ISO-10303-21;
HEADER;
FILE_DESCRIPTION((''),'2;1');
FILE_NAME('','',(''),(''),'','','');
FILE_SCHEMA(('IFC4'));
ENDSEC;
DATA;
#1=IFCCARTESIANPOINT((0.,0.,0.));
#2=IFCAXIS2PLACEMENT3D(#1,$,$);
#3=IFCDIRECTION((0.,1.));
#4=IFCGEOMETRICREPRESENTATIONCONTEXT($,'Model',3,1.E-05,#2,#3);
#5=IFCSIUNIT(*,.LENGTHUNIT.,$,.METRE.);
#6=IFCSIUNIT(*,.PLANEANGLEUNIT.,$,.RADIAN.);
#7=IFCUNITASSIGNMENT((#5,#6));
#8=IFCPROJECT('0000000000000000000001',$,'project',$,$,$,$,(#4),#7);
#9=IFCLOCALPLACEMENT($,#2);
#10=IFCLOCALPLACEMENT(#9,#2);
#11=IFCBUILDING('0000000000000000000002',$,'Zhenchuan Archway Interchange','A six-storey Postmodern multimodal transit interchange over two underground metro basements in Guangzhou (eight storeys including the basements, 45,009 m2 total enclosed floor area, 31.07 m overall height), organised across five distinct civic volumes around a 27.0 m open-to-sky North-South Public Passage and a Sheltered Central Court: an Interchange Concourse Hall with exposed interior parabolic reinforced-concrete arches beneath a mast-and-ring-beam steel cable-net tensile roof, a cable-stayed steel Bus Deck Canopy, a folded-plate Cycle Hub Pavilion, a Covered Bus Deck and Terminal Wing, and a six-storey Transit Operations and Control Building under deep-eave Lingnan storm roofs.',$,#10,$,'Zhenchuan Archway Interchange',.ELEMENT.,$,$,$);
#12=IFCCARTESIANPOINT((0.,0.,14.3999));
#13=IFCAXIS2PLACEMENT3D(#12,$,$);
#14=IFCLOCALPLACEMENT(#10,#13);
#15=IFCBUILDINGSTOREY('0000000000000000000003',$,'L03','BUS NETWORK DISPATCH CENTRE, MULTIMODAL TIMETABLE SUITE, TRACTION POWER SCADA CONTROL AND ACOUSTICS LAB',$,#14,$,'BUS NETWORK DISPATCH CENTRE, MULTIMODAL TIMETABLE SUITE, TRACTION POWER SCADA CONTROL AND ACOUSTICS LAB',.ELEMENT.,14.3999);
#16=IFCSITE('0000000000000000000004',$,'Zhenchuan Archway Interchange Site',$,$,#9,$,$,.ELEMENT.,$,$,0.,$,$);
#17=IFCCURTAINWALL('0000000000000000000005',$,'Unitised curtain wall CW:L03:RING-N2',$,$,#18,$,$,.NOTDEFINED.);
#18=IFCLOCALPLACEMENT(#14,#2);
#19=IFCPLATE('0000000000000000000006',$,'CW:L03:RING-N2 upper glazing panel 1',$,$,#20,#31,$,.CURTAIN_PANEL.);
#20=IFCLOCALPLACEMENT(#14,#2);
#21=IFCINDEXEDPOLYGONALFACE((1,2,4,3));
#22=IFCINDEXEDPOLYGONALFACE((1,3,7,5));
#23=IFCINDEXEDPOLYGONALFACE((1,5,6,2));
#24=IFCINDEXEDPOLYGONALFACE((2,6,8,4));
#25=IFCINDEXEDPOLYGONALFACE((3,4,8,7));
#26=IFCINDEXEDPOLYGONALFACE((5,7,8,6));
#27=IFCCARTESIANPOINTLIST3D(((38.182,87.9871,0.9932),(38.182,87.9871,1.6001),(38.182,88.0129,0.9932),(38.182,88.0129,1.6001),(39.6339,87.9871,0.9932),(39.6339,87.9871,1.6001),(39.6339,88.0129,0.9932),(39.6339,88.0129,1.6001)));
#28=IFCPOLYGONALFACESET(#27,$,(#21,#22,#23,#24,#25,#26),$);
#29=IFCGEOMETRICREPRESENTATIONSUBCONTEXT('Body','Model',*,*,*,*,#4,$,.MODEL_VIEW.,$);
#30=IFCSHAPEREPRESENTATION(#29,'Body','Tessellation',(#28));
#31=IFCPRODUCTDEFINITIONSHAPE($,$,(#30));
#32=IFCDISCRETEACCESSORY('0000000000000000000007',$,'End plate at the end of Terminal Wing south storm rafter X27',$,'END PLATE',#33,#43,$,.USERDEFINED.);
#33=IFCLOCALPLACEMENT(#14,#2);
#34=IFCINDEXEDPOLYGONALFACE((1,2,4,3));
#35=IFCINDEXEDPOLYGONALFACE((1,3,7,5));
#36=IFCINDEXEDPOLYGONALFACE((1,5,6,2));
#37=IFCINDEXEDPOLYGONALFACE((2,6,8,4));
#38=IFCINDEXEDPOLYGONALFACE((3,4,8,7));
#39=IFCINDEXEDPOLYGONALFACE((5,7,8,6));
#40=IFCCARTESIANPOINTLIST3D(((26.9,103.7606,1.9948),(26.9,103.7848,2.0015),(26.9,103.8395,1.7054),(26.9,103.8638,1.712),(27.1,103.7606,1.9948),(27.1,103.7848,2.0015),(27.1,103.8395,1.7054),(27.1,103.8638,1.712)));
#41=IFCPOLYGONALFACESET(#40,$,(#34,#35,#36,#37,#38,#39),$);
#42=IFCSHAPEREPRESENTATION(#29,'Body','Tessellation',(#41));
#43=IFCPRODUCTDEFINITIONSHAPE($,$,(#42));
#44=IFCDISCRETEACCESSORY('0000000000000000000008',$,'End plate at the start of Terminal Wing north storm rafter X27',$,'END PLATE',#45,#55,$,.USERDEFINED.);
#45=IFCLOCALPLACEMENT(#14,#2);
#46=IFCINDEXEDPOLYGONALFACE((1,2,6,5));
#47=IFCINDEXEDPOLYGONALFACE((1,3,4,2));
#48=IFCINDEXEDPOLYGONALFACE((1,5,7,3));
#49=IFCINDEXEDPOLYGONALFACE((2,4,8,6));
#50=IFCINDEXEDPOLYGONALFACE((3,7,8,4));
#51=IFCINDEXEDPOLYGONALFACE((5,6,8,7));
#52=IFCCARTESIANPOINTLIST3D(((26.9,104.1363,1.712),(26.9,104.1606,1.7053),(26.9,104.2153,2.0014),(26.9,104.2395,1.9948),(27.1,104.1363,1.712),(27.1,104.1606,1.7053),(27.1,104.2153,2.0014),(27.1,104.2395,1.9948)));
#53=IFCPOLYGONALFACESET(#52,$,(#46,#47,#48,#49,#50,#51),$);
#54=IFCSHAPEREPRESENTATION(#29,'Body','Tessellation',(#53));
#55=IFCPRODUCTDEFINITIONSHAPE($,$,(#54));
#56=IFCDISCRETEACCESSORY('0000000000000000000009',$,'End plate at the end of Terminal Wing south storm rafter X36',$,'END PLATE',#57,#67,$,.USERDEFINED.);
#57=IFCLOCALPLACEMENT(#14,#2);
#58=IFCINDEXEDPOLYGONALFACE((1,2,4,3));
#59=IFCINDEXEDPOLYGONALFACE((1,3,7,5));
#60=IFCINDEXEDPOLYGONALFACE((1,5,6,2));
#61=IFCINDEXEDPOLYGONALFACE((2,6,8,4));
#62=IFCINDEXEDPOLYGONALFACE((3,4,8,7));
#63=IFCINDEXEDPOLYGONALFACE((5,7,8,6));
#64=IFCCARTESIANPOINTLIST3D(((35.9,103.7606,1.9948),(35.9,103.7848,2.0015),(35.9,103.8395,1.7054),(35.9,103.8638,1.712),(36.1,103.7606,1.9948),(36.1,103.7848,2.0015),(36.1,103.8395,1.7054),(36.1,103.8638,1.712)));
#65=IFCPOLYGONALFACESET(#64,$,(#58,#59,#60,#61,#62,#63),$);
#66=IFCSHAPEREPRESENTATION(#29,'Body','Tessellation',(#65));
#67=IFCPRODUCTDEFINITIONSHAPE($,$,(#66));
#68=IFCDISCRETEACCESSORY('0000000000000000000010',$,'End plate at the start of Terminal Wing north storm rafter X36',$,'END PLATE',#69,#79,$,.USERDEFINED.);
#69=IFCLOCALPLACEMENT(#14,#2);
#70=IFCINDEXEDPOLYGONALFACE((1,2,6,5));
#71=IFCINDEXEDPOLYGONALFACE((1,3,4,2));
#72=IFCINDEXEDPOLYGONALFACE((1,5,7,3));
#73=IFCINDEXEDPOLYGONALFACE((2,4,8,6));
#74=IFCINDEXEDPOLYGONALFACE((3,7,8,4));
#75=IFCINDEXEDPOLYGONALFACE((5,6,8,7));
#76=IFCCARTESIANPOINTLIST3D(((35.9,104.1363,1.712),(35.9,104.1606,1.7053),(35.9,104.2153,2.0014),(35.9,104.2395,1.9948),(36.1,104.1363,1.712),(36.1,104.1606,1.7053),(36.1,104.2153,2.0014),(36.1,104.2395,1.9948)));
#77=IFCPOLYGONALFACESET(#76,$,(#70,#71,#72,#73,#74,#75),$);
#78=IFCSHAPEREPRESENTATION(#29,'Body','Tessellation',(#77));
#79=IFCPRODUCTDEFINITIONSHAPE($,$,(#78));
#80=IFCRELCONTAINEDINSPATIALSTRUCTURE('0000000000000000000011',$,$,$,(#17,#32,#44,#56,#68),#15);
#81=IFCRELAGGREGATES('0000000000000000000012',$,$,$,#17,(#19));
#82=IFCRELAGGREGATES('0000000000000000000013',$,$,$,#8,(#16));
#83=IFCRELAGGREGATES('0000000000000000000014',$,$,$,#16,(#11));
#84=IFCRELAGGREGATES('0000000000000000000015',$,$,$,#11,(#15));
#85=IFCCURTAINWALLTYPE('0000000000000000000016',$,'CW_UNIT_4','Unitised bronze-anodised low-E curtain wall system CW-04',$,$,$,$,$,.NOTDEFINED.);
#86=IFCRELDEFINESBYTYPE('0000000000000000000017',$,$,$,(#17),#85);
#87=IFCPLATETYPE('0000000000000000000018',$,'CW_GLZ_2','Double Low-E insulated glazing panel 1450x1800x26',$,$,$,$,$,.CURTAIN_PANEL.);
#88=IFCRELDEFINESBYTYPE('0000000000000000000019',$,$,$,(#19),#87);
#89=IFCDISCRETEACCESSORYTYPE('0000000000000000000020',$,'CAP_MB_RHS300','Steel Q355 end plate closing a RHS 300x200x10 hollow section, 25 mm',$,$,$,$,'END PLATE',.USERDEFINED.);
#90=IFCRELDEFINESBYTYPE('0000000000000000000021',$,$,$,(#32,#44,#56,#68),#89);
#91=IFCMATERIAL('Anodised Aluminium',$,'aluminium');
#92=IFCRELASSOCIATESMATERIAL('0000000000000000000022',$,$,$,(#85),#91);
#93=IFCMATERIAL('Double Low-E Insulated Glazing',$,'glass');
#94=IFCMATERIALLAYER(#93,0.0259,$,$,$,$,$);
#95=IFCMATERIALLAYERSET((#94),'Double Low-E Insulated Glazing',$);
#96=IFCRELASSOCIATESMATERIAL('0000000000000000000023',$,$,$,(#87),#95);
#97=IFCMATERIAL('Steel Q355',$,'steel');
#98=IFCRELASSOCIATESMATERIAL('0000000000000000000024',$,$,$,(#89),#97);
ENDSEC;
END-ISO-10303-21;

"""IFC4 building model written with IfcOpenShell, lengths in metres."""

from ifc_helpers import new_model, si_unit, direction, frame, origin, origin_2d, place, context, subcontext, project, spatial, rectangle, extrude, material, layer, layer_set, type_object, element, aggregate, save


model = new_model("IFC4")

# Units and contexts
model_context = context("Model", 3, precision=1e-05, world=origin(), true_north=direction((0.0, 1.0)))
body_context = subcontext(model_context, "Body", "Model", "MODEL_VIEW")
ifc_project = project(units=[si_unit("LENGTHUNIT", "METRE"), si_unit("PLANEANGLEUNIT", "RADIAN")], contexts=[model_context])

# Site, building, storey
site_placement = place(None, origin())
site = spatial("IfcSite", under=ifc_project, at=site_placement, Name="Zhenchuan Archway Interchange Site", CompositionType="ELEMENT", RefElevation=0.0)
building_placement = place(site_placement, origin())
building = spatial("IfcBuilding", under=site, at=building_placement, Name="Zhenchuan Archway Interchange", Description="A six-storey Postmodern multimodal transit interchange over two underground metro basements in Guangzhou (eight storeys including the basements, 45,009 m2 total enclosed floor area, 31.07 m overall height), organised across five distinct civic volumes around a 27.0 m open-to-sky North-South Public Passage and a Sheltered Central Court: an Interchange Concourse Hall with exposed interior parabolic reinforced-concrete arches beneath a mast-and-ring-beam steel cable-net tensile roof, a cable-stayed steel Bus Deck Canopy, a folded-plate Cycle Hub Pavilion, a Covered Bus Deck and Terminal Wing, and a six-storey Transit Operations and Control Building under deep-eave Lingnan storm roofs.", LongName="Zhenchuan Archway Interchange", CompositionType="ELEMENT")
storey_placement = place(building_placement, frame((0.0, 0.0, 14.3999)))
storey = spatial("IfcBuildingStorey", under=building, at=storey_placement, Name="L03", Description="BUS NETWORK DISPATCH CENTRE, MULTIMODAL TIMETABLE SUITE, TRACTION POWER SCADA CONTROL AND ACOUSTICS LAB", LongName="BUS NETWORK DISPATCH CENTRE, MULTIMODAL TIMETABLE SUITE, TRACTION POWER SCADA CONTROL AND ACOUSTICS LAB", CompositionType="ELEMENT", Elevation=14.3999)

# Shared definitions
ifc_material_1 = material(Name="Steel Q355", Category="steel")

# Shared definitions
ifc_material_2 = material(Name="Anodised Aluminium", Category="aluminium")
curtain_wall_type = type_object("IfcCurtainWallType", Name="CW_UNIT_4", Description="Unitised bronze-anodised low-E curtain wall system CW-04", PredefinedType="NOTDEFINED", material=ifc_material_2)

# Curtain wall
curtain_wall_1_placement = place(storey_placement, origin())
curtain_wall_1 = element("IfcCurtainWall", 1, at=curtain_wall_1_placement, inside=storey, type_object=curtain_wall_type, Name="Unitised curtain wall CW:L03:RING-N2", PredefinedType="NOTDEFINED")

# Plate
ifc_material_3 = material(Name="Double Low-E Insulated Glazing", Category="glass")
ifc_layer_1 = layer(ifc_material_3, 0.0259)
ifc_layer_set_1 = layer_set([ifc_layer_1], Name="Double Low-E Insulated Glazing")
plate_type_1 = type_object("IfcPlateType", Name="CW_GLZ_2", Description="Double Low-E insulated glazing panel 1450x1800x26", PredefinedType="CURTAIN_PANEL", material=ifc_layer_set_1)
plate_1_placement = place(storey_placement, frame((38.908, 88.0, 0.9932), z_axis=(0.0, 0.0, 1.0), x_axis=(1.0, 0.0, 0.0)))
plate_1 = element("IfcPlate", 2, at=plate_1_placement, type_object=plate_type_1, Name="CW:L03:RING-N2 upper glazing panel 1", PredefinedType="CURTAIN_PANEL", context=body_context, shape_type="SweptSolid", body=[
    extrude(rectangle(XDim=1.4519, YDim=0.0259, at=origin_2d()), origin(), (0.0, 0.0, 1.0), 0.6069),
])
aggregate(curtain_wall_1, [plate_1])

# Discrete accessories
discrete_accessory_type = type_object("IfcDiscreteAccessoryType", Name="CAP_MB_RHS300", Description="Steel Q355 end plate closing a RHS 300x200x10 hollow section, 25 mm", ElementType="END PLATE", PredefinedType="USERDEFINED", material=ifc_material_1)
for number, where, z_axis, x_axis, name in (
    (3, (27.0, 103.8, 1.8501), (0.0, 0.964764, 0.263117), (-1.0, 0.0, 0.0), "End plate at the end of Terminal Wing south storm rafter X27"),
    (4, (27.0, 104.1758, 1.8567), (0.0, 0.964764, -0.263117), (-1.0, 0.0, 0.0), "End plate at the start of Terminal Wing north storm rafter X27"),
    (5, (36.0, 103.8, 1.8501), (0.0, 0.964764, 0.263117), (-1.0, 0.0, 0.0), "End plate at the end of Terminal Wing south storm rafter X36"),
    (6, (36.0, 104.1758, 1.8567), (0.0, 0.964764, -0.263117), (-1.0, 0.0, 0.0), "End plate at the start of Terminal Wing north storm rafter X36"),
):
    element("IfcDiscreteAccessory", number, at=place(storey_placement, frame(where, z_axis=z_axis, x_axis=x_axis)), inside=storey, type_object=discrete_accessory_type, Name=name, ObjectType="END PLATE", PredefinedType="USERDEFINED", context=body_context, shape_type="SweptSolid", body=[
        extrude(rectangle(XDim=0.2, YDim=0.3, at=origin_2d()), origin(), (0.0, 0.0, 1.0), 0.0251),
    ])

save(model, "model.ifc")
